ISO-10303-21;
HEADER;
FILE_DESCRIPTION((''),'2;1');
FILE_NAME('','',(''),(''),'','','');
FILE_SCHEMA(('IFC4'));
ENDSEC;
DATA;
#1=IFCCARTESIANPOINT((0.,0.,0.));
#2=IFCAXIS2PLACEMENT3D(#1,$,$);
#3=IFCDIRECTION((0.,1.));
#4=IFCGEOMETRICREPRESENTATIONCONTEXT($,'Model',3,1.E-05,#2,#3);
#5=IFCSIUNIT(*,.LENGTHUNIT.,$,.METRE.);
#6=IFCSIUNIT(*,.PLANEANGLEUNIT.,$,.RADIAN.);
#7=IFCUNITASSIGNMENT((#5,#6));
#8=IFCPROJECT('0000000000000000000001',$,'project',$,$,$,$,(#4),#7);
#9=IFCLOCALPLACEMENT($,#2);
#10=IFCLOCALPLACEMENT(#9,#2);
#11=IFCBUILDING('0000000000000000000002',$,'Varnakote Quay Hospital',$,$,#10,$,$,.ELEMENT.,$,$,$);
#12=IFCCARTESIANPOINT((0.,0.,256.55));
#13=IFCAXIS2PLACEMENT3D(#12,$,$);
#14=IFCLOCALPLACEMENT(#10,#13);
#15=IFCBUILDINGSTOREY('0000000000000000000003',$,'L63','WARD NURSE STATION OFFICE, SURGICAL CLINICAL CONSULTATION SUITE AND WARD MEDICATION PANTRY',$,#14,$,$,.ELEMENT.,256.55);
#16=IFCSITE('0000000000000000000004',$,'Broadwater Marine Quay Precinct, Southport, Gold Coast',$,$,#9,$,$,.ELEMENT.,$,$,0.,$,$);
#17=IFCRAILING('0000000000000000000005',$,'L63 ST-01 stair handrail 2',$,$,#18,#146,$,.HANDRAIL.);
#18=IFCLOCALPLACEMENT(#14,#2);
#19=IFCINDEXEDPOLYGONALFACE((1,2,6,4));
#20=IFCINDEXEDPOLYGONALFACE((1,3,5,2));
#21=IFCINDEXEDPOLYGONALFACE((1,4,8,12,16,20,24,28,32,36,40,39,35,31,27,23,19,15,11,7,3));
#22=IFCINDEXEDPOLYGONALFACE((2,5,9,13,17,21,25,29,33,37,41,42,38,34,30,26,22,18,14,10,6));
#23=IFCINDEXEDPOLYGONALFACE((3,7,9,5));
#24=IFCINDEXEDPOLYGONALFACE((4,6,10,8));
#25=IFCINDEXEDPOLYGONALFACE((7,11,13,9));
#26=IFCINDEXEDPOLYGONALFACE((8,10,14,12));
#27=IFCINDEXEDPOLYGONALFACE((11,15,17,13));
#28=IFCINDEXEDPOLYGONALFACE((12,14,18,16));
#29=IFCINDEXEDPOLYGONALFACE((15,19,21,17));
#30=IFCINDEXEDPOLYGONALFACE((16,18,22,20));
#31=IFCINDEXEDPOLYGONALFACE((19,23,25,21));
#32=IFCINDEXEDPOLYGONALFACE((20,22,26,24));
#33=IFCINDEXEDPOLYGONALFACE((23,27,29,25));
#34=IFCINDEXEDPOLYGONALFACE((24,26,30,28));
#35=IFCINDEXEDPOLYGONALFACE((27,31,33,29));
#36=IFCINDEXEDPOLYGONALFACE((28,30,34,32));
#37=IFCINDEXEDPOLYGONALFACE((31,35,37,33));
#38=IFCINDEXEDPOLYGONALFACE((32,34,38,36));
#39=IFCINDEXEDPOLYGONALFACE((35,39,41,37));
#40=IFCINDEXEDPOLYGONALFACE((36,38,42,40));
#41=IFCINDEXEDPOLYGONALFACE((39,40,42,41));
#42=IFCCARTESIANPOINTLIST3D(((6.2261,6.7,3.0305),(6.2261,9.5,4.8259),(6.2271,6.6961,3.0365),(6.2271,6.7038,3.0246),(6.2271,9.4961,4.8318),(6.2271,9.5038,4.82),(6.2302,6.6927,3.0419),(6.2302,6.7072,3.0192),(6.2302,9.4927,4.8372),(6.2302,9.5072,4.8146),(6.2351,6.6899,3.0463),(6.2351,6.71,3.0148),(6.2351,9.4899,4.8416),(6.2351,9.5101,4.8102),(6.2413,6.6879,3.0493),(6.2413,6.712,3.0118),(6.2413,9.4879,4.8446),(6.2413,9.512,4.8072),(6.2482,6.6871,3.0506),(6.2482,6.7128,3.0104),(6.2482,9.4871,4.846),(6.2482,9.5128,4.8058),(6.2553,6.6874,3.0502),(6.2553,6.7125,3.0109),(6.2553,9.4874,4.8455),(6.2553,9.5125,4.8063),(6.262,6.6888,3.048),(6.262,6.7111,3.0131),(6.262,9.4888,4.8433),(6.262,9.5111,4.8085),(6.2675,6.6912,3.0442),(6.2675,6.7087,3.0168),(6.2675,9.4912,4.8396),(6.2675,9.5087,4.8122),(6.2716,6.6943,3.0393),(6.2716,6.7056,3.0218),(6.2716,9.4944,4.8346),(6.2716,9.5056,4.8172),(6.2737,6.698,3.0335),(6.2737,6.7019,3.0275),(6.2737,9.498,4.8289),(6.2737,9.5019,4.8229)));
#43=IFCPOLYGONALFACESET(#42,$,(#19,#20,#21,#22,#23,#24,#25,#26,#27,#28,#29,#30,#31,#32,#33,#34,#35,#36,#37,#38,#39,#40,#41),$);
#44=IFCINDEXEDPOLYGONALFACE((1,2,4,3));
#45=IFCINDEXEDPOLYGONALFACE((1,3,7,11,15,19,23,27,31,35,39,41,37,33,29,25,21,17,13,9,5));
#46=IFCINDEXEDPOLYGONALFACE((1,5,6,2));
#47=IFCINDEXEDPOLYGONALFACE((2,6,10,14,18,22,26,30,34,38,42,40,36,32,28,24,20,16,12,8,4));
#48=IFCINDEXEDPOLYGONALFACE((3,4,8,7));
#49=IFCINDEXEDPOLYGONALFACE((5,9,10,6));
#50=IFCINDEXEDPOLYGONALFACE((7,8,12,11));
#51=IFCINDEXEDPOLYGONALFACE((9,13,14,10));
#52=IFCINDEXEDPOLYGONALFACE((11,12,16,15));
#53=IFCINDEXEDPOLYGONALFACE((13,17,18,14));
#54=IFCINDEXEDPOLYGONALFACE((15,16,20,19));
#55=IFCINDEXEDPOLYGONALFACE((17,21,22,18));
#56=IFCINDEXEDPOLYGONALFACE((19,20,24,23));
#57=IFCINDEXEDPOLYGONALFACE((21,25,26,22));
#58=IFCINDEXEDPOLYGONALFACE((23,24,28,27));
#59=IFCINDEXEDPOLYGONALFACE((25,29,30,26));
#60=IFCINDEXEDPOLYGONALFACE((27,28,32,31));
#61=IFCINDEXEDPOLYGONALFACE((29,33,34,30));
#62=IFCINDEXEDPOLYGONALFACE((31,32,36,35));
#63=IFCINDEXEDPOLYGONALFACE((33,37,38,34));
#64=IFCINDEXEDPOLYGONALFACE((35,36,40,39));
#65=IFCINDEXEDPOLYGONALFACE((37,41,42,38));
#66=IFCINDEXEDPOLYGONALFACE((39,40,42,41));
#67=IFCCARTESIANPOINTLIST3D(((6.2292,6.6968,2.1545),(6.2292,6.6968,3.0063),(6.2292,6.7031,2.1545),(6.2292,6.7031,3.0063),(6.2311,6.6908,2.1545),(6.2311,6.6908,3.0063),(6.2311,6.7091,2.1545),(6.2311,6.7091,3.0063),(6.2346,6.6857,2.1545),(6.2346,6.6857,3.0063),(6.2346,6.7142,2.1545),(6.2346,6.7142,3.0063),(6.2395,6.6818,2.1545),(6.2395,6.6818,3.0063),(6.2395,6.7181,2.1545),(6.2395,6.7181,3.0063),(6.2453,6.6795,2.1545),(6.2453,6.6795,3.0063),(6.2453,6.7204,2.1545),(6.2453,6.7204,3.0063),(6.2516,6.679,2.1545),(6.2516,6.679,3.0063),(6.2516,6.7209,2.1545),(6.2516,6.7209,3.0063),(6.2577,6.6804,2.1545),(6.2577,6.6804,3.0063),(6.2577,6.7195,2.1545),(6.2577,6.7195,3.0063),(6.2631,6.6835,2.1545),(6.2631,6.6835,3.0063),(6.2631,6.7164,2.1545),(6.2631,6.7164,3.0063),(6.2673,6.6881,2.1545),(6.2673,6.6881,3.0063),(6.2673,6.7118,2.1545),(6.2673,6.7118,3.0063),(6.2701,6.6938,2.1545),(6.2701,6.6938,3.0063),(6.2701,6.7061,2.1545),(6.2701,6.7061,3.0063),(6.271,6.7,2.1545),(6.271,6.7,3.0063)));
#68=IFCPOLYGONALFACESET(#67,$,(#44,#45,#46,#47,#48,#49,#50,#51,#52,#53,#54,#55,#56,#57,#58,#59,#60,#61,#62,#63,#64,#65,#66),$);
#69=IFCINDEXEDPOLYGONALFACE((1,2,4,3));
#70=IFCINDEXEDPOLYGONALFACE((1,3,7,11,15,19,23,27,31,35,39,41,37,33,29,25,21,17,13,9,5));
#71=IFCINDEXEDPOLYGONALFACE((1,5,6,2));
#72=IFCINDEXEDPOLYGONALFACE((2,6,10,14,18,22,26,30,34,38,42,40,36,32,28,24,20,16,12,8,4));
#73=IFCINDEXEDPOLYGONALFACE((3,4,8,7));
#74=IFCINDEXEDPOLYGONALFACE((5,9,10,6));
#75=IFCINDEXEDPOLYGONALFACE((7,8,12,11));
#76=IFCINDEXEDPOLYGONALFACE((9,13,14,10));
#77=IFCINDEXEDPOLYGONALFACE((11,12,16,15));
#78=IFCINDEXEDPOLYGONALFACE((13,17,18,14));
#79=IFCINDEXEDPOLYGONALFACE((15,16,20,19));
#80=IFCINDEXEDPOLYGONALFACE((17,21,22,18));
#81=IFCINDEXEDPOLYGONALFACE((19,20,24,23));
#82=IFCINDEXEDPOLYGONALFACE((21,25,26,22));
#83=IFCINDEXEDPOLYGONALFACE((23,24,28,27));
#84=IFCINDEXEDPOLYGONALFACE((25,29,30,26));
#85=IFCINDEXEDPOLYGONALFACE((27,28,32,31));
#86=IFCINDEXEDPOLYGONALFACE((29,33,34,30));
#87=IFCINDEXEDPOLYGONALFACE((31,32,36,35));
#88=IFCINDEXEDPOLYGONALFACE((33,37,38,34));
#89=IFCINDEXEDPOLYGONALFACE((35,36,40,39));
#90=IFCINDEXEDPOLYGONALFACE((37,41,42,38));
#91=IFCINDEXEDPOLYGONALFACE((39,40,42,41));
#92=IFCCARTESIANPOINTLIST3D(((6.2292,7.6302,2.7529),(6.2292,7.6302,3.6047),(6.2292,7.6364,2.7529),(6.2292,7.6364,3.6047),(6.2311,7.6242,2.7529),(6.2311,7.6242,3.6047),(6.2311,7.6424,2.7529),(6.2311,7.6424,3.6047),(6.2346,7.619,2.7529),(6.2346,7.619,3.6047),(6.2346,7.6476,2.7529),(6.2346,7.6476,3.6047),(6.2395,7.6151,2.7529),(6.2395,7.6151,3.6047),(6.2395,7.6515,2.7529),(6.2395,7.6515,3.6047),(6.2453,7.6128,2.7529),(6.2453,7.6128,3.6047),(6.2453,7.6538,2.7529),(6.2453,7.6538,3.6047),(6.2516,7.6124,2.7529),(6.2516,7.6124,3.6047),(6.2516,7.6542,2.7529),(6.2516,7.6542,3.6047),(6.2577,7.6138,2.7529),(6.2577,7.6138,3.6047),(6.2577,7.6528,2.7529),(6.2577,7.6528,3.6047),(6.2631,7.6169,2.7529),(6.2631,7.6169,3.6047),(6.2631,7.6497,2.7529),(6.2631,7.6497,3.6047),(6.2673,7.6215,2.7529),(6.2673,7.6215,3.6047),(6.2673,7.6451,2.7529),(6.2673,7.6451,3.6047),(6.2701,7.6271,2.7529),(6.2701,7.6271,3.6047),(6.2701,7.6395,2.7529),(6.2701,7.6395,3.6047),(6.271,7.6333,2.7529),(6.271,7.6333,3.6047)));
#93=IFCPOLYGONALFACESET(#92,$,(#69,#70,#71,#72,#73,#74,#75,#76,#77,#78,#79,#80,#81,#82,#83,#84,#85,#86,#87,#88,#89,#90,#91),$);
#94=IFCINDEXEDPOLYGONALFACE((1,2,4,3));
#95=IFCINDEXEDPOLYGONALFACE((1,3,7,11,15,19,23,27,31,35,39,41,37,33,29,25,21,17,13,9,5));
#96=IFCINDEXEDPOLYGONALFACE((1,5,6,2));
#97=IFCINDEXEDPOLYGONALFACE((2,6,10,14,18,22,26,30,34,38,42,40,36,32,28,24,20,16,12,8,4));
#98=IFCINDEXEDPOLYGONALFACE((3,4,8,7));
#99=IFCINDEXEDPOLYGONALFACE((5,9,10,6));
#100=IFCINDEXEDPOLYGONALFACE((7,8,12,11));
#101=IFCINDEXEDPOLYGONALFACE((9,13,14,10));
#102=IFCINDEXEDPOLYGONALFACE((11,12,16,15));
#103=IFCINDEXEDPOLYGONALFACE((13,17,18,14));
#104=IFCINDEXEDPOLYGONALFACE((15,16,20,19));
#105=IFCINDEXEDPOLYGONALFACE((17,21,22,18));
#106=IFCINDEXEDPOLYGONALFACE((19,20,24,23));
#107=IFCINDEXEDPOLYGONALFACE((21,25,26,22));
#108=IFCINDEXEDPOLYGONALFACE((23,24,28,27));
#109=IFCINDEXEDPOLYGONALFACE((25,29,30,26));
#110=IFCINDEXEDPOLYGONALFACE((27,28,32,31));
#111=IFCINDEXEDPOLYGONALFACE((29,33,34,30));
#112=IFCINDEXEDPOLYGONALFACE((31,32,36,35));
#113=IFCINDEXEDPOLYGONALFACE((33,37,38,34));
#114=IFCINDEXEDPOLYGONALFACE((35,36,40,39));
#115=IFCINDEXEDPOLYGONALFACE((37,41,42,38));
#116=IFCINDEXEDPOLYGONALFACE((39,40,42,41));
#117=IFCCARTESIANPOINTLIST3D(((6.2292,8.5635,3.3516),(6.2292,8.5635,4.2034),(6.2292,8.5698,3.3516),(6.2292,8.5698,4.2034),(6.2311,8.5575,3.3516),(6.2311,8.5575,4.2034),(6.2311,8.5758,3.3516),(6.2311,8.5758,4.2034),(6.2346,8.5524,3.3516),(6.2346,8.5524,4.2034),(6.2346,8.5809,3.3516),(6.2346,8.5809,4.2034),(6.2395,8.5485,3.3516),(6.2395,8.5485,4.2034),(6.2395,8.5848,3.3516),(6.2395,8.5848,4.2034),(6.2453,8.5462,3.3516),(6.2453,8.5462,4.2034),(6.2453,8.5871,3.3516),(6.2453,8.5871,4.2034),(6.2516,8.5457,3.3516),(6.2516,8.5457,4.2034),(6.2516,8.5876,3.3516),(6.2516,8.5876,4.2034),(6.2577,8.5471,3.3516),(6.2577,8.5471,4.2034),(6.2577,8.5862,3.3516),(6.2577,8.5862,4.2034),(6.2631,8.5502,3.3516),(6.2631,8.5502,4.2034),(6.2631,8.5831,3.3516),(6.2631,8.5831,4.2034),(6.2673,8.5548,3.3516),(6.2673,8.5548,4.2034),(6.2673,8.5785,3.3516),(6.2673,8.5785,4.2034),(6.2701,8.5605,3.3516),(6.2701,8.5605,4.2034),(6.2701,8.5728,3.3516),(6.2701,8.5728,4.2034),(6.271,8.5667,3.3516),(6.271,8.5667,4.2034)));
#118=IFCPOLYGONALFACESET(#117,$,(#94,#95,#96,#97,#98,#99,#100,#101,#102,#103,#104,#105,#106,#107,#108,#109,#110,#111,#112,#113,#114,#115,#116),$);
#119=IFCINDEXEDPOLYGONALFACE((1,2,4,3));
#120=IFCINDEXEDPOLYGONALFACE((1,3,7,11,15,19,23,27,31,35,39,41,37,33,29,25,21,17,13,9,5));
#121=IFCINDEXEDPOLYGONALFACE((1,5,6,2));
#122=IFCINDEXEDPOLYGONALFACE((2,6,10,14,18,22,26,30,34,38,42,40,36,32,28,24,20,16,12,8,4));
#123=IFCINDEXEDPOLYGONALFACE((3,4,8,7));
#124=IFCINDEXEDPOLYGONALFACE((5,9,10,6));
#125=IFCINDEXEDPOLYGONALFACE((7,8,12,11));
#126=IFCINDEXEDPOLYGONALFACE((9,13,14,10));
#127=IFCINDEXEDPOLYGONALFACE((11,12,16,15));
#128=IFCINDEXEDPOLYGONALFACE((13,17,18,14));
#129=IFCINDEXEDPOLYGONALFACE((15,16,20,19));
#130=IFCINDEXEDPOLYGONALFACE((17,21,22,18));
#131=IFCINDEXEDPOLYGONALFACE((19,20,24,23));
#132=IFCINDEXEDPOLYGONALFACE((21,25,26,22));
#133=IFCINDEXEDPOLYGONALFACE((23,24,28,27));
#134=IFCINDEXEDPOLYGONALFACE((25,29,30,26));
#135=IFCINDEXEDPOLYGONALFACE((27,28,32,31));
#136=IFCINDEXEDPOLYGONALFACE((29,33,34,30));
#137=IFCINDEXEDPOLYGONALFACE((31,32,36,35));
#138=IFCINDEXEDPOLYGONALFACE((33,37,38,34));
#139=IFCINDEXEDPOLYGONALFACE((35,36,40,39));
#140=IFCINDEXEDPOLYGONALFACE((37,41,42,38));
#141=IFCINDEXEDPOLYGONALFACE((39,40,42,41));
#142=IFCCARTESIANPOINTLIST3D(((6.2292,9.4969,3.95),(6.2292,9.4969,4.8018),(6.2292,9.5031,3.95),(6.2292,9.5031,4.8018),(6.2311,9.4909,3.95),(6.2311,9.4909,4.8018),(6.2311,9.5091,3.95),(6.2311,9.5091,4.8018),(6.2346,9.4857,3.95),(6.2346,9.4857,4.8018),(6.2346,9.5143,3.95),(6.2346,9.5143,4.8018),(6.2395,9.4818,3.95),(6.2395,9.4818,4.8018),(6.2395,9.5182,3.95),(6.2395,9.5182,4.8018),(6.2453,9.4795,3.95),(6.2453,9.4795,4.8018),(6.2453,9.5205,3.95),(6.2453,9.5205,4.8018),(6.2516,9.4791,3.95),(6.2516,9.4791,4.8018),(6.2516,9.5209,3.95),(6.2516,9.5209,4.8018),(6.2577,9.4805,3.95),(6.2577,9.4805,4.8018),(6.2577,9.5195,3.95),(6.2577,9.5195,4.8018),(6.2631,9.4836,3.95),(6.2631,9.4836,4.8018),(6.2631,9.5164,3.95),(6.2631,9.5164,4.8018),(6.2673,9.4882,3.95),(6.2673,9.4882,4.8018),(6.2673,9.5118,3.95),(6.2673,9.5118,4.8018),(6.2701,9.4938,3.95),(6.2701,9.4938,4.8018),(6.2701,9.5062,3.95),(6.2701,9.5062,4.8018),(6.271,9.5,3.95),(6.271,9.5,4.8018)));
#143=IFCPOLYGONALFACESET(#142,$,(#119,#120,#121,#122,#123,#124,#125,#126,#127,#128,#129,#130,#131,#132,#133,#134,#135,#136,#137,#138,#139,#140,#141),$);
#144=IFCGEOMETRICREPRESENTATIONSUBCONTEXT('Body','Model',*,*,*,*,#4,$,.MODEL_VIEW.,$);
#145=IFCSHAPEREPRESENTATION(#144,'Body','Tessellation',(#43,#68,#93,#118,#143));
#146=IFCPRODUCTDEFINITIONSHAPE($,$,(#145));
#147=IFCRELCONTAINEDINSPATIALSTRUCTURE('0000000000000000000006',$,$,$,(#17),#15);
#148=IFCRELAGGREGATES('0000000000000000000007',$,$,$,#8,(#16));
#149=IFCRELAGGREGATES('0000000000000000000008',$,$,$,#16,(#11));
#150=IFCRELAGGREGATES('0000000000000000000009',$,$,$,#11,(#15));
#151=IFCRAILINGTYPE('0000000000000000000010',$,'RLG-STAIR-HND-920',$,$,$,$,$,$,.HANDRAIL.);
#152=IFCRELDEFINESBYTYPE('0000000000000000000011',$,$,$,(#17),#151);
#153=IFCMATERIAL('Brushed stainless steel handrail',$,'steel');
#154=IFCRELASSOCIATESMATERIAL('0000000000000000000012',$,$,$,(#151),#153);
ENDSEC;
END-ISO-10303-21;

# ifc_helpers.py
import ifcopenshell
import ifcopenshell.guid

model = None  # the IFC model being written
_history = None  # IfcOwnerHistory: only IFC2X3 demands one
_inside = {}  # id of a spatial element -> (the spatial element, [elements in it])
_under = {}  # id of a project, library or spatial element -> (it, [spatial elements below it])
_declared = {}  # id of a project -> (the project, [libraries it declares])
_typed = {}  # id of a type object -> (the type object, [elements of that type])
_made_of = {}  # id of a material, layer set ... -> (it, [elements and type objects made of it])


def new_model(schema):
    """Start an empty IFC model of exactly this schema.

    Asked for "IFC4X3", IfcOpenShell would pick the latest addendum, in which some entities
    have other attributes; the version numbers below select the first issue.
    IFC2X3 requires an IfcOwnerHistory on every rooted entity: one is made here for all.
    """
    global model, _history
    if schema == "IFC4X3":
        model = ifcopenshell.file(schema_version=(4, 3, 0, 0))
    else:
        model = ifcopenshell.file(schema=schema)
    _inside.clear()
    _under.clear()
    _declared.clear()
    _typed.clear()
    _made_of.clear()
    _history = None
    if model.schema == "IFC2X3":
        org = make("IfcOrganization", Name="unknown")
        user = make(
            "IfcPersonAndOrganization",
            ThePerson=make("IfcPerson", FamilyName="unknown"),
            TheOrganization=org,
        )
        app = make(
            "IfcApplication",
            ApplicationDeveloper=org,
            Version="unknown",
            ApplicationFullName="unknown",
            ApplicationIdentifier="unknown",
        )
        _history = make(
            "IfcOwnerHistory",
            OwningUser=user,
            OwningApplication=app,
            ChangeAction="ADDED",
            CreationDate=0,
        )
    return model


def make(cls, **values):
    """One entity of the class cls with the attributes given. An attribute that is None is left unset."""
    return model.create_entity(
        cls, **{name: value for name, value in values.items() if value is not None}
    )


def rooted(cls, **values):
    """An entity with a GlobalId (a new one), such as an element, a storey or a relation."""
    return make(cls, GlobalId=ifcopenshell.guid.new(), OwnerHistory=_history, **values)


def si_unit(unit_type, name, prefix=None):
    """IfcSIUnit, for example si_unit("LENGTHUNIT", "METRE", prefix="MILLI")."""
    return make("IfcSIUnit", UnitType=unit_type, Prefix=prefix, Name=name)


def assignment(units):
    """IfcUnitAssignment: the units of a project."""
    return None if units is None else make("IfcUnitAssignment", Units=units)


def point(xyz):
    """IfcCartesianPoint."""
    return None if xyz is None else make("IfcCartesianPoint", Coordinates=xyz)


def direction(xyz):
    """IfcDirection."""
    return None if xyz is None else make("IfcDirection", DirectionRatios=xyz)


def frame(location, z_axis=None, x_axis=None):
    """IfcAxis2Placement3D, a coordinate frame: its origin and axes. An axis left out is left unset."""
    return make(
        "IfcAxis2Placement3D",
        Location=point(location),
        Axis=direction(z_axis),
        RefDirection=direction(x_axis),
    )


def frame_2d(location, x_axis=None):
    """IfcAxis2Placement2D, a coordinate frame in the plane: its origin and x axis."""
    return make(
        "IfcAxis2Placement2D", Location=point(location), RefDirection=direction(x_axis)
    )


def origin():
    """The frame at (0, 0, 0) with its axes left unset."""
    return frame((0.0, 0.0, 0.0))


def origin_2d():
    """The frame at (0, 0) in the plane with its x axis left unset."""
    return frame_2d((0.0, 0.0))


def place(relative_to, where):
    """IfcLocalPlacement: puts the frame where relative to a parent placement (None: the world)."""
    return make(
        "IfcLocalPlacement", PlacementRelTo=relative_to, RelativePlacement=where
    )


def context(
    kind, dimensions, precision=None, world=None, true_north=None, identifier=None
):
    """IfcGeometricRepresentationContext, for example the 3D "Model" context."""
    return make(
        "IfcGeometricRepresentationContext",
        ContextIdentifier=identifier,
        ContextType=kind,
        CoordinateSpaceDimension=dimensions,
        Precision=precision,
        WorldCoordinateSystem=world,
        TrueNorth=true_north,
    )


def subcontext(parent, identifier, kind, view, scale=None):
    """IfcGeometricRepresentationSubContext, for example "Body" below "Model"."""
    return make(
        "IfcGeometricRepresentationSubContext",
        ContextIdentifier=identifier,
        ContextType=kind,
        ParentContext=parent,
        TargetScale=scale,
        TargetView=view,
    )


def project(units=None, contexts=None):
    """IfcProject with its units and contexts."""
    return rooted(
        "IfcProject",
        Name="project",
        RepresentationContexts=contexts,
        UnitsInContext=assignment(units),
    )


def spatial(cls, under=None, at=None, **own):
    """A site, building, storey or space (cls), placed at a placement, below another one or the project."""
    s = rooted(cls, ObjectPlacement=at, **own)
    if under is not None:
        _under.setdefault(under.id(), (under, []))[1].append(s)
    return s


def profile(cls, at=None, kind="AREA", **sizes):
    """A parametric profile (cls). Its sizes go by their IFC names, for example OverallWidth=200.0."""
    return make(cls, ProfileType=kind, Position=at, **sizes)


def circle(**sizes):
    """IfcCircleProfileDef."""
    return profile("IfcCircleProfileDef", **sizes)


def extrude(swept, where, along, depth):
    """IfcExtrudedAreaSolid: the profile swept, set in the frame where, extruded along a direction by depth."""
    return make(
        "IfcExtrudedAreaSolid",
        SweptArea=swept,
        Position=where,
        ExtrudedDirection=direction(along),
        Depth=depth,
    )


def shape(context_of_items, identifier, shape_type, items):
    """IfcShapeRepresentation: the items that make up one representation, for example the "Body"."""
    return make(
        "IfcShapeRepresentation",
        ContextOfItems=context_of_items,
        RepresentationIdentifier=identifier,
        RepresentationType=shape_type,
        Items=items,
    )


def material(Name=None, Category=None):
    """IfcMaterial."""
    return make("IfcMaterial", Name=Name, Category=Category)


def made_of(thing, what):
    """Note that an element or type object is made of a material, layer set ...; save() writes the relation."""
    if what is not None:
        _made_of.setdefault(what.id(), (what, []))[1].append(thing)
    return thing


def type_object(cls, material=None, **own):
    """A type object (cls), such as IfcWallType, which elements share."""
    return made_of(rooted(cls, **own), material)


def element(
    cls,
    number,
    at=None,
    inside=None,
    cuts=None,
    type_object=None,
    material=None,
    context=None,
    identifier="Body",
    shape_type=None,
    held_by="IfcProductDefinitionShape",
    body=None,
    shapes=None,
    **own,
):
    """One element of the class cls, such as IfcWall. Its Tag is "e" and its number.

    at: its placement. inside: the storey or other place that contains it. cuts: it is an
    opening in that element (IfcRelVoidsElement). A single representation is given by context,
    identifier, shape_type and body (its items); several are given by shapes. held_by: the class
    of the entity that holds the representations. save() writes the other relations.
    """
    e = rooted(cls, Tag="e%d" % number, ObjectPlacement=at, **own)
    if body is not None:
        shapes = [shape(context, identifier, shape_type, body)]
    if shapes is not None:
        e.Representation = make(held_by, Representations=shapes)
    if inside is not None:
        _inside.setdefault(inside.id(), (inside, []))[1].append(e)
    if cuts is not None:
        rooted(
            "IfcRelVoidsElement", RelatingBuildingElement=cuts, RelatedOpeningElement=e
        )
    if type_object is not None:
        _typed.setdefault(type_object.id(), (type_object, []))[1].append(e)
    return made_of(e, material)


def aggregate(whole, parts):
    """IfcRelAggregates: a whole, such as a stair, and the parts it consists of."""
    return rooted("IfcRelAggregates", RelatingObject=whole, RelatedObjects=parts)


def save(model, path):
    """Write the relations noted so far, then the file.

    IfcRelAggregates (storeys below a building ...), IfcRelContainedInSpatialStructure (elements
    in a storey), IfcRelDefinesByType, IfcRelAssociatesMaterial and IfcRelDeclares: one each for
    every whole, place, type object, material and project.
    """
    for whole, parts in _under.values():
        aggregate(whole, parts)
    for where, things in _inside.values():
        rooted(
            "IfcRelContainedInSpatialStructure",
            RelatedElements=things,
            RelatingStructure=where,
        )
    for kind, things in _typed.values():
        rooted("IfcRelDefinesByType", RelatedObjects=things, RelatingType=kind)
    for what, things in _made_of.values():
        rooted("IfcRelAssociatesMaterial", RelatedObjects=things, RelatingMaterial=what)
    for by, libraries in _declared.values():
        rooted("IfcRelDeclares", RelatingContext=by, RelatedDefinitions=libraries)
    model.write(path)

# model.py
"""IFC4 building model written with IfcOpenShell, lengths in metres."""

from ifc_helpers import new_model, si_unit, direction, frame, origin, origin_2d, place, context, subcontext, project, spatial, circle, extrude, material, type_object, element, save


model = new_model("IFC4")

# Units and contexts
model_context = context("Model", 3, precision=1e-05, world=origin(), true_north=direction((0.0, 1.0)))
body_context = subcontext(model_context, "Body", "Model", "MODEL_VIEW")
ifc_project = project(units=[si_unit("LENGTHUNIT", "METRE"), si_unit("PLANEANGLEUNIT", "RADIAN")], contexts=[model_context])

# Site, building, storey
site_placement = place(None, origin())
site = spatial("IfcSite", under=ifc_project, at=site_placement, Name="Broadwater Marine Quay Precinct, Southport, Gold Coast", CompositionType="ELEMENT", RefElevation=0.0)
building_placement = place(site_placement, origin())
building = spatial("IfcBuilding", under=site, at=building_placement, Name="Varnakote Quay Hospital", CompositionType="ELEMENT")
storey_placement = place(building_placement, frame((0.0, 0.0, 256.55)))
storey = spatial("IfcBuildingStorey", under=building, at=storey_placement, Name="L63", Description="WARD NURSE STATION OFFICE, SURGICAL CLINICAL CONSULTATION SUITE AND WARD MEDICATION PANTRY", CompositionType="ELEMENT", Elevation=256.55)

# Railing
ifc_material_1 = material(Name="Brushed stainless steel handrail", Category="steel")
railing_type_1 = type_object("IfcRailingType", Name="RLG-STAIR-HND-920", PredefinedType="HANDRAIL", material=ifc_material_1)
railing_1_placement = place(storey_placement, frame((6.25, 6.7, 2.1545)))
element("IfcRailing", 1, at=railing_1_placement, inside=storey, type_object=railing_type_1, Name="L63 ST-01 stair handrail 2", PredefinedType="HANDRAIL", context=body_context, shape_type="SweptSolid", body=[
    extrude(circle(Radius=0.0239, at=origin_2d()), frame((0.0, 0.0, 0.876), z_axis=(0.0, 0.84181, 0.539774), x_axis=(-1.0, 0.0, 0.0)), (0.0, 0.0, 1.0), 3.3262),
    extrude(circle(Radius=0.021, at=origin_2d()), origin(), (0.0, 0.0, 1.0), 0.8518),
    extrude(circle(Radius=0.021, at=origin_2d()), frame((0.0, 0.9333, 0.5984)), (0.0, 0.0, 1.0), 0.8518),
    extrude(circle(Radius=0.021, at=origin_2d()), frame((0.0, 1.8667, 1.197)), (0.0, 0.0, 1.0), 0.8518),
    extrude(circle(Radius=0.021, at=origin_2d()), frame((0.0, 2.8, 1.7954)), (0.0, 0.0, 1.0), 0.8518),
])

save(model, "model.ifc")
